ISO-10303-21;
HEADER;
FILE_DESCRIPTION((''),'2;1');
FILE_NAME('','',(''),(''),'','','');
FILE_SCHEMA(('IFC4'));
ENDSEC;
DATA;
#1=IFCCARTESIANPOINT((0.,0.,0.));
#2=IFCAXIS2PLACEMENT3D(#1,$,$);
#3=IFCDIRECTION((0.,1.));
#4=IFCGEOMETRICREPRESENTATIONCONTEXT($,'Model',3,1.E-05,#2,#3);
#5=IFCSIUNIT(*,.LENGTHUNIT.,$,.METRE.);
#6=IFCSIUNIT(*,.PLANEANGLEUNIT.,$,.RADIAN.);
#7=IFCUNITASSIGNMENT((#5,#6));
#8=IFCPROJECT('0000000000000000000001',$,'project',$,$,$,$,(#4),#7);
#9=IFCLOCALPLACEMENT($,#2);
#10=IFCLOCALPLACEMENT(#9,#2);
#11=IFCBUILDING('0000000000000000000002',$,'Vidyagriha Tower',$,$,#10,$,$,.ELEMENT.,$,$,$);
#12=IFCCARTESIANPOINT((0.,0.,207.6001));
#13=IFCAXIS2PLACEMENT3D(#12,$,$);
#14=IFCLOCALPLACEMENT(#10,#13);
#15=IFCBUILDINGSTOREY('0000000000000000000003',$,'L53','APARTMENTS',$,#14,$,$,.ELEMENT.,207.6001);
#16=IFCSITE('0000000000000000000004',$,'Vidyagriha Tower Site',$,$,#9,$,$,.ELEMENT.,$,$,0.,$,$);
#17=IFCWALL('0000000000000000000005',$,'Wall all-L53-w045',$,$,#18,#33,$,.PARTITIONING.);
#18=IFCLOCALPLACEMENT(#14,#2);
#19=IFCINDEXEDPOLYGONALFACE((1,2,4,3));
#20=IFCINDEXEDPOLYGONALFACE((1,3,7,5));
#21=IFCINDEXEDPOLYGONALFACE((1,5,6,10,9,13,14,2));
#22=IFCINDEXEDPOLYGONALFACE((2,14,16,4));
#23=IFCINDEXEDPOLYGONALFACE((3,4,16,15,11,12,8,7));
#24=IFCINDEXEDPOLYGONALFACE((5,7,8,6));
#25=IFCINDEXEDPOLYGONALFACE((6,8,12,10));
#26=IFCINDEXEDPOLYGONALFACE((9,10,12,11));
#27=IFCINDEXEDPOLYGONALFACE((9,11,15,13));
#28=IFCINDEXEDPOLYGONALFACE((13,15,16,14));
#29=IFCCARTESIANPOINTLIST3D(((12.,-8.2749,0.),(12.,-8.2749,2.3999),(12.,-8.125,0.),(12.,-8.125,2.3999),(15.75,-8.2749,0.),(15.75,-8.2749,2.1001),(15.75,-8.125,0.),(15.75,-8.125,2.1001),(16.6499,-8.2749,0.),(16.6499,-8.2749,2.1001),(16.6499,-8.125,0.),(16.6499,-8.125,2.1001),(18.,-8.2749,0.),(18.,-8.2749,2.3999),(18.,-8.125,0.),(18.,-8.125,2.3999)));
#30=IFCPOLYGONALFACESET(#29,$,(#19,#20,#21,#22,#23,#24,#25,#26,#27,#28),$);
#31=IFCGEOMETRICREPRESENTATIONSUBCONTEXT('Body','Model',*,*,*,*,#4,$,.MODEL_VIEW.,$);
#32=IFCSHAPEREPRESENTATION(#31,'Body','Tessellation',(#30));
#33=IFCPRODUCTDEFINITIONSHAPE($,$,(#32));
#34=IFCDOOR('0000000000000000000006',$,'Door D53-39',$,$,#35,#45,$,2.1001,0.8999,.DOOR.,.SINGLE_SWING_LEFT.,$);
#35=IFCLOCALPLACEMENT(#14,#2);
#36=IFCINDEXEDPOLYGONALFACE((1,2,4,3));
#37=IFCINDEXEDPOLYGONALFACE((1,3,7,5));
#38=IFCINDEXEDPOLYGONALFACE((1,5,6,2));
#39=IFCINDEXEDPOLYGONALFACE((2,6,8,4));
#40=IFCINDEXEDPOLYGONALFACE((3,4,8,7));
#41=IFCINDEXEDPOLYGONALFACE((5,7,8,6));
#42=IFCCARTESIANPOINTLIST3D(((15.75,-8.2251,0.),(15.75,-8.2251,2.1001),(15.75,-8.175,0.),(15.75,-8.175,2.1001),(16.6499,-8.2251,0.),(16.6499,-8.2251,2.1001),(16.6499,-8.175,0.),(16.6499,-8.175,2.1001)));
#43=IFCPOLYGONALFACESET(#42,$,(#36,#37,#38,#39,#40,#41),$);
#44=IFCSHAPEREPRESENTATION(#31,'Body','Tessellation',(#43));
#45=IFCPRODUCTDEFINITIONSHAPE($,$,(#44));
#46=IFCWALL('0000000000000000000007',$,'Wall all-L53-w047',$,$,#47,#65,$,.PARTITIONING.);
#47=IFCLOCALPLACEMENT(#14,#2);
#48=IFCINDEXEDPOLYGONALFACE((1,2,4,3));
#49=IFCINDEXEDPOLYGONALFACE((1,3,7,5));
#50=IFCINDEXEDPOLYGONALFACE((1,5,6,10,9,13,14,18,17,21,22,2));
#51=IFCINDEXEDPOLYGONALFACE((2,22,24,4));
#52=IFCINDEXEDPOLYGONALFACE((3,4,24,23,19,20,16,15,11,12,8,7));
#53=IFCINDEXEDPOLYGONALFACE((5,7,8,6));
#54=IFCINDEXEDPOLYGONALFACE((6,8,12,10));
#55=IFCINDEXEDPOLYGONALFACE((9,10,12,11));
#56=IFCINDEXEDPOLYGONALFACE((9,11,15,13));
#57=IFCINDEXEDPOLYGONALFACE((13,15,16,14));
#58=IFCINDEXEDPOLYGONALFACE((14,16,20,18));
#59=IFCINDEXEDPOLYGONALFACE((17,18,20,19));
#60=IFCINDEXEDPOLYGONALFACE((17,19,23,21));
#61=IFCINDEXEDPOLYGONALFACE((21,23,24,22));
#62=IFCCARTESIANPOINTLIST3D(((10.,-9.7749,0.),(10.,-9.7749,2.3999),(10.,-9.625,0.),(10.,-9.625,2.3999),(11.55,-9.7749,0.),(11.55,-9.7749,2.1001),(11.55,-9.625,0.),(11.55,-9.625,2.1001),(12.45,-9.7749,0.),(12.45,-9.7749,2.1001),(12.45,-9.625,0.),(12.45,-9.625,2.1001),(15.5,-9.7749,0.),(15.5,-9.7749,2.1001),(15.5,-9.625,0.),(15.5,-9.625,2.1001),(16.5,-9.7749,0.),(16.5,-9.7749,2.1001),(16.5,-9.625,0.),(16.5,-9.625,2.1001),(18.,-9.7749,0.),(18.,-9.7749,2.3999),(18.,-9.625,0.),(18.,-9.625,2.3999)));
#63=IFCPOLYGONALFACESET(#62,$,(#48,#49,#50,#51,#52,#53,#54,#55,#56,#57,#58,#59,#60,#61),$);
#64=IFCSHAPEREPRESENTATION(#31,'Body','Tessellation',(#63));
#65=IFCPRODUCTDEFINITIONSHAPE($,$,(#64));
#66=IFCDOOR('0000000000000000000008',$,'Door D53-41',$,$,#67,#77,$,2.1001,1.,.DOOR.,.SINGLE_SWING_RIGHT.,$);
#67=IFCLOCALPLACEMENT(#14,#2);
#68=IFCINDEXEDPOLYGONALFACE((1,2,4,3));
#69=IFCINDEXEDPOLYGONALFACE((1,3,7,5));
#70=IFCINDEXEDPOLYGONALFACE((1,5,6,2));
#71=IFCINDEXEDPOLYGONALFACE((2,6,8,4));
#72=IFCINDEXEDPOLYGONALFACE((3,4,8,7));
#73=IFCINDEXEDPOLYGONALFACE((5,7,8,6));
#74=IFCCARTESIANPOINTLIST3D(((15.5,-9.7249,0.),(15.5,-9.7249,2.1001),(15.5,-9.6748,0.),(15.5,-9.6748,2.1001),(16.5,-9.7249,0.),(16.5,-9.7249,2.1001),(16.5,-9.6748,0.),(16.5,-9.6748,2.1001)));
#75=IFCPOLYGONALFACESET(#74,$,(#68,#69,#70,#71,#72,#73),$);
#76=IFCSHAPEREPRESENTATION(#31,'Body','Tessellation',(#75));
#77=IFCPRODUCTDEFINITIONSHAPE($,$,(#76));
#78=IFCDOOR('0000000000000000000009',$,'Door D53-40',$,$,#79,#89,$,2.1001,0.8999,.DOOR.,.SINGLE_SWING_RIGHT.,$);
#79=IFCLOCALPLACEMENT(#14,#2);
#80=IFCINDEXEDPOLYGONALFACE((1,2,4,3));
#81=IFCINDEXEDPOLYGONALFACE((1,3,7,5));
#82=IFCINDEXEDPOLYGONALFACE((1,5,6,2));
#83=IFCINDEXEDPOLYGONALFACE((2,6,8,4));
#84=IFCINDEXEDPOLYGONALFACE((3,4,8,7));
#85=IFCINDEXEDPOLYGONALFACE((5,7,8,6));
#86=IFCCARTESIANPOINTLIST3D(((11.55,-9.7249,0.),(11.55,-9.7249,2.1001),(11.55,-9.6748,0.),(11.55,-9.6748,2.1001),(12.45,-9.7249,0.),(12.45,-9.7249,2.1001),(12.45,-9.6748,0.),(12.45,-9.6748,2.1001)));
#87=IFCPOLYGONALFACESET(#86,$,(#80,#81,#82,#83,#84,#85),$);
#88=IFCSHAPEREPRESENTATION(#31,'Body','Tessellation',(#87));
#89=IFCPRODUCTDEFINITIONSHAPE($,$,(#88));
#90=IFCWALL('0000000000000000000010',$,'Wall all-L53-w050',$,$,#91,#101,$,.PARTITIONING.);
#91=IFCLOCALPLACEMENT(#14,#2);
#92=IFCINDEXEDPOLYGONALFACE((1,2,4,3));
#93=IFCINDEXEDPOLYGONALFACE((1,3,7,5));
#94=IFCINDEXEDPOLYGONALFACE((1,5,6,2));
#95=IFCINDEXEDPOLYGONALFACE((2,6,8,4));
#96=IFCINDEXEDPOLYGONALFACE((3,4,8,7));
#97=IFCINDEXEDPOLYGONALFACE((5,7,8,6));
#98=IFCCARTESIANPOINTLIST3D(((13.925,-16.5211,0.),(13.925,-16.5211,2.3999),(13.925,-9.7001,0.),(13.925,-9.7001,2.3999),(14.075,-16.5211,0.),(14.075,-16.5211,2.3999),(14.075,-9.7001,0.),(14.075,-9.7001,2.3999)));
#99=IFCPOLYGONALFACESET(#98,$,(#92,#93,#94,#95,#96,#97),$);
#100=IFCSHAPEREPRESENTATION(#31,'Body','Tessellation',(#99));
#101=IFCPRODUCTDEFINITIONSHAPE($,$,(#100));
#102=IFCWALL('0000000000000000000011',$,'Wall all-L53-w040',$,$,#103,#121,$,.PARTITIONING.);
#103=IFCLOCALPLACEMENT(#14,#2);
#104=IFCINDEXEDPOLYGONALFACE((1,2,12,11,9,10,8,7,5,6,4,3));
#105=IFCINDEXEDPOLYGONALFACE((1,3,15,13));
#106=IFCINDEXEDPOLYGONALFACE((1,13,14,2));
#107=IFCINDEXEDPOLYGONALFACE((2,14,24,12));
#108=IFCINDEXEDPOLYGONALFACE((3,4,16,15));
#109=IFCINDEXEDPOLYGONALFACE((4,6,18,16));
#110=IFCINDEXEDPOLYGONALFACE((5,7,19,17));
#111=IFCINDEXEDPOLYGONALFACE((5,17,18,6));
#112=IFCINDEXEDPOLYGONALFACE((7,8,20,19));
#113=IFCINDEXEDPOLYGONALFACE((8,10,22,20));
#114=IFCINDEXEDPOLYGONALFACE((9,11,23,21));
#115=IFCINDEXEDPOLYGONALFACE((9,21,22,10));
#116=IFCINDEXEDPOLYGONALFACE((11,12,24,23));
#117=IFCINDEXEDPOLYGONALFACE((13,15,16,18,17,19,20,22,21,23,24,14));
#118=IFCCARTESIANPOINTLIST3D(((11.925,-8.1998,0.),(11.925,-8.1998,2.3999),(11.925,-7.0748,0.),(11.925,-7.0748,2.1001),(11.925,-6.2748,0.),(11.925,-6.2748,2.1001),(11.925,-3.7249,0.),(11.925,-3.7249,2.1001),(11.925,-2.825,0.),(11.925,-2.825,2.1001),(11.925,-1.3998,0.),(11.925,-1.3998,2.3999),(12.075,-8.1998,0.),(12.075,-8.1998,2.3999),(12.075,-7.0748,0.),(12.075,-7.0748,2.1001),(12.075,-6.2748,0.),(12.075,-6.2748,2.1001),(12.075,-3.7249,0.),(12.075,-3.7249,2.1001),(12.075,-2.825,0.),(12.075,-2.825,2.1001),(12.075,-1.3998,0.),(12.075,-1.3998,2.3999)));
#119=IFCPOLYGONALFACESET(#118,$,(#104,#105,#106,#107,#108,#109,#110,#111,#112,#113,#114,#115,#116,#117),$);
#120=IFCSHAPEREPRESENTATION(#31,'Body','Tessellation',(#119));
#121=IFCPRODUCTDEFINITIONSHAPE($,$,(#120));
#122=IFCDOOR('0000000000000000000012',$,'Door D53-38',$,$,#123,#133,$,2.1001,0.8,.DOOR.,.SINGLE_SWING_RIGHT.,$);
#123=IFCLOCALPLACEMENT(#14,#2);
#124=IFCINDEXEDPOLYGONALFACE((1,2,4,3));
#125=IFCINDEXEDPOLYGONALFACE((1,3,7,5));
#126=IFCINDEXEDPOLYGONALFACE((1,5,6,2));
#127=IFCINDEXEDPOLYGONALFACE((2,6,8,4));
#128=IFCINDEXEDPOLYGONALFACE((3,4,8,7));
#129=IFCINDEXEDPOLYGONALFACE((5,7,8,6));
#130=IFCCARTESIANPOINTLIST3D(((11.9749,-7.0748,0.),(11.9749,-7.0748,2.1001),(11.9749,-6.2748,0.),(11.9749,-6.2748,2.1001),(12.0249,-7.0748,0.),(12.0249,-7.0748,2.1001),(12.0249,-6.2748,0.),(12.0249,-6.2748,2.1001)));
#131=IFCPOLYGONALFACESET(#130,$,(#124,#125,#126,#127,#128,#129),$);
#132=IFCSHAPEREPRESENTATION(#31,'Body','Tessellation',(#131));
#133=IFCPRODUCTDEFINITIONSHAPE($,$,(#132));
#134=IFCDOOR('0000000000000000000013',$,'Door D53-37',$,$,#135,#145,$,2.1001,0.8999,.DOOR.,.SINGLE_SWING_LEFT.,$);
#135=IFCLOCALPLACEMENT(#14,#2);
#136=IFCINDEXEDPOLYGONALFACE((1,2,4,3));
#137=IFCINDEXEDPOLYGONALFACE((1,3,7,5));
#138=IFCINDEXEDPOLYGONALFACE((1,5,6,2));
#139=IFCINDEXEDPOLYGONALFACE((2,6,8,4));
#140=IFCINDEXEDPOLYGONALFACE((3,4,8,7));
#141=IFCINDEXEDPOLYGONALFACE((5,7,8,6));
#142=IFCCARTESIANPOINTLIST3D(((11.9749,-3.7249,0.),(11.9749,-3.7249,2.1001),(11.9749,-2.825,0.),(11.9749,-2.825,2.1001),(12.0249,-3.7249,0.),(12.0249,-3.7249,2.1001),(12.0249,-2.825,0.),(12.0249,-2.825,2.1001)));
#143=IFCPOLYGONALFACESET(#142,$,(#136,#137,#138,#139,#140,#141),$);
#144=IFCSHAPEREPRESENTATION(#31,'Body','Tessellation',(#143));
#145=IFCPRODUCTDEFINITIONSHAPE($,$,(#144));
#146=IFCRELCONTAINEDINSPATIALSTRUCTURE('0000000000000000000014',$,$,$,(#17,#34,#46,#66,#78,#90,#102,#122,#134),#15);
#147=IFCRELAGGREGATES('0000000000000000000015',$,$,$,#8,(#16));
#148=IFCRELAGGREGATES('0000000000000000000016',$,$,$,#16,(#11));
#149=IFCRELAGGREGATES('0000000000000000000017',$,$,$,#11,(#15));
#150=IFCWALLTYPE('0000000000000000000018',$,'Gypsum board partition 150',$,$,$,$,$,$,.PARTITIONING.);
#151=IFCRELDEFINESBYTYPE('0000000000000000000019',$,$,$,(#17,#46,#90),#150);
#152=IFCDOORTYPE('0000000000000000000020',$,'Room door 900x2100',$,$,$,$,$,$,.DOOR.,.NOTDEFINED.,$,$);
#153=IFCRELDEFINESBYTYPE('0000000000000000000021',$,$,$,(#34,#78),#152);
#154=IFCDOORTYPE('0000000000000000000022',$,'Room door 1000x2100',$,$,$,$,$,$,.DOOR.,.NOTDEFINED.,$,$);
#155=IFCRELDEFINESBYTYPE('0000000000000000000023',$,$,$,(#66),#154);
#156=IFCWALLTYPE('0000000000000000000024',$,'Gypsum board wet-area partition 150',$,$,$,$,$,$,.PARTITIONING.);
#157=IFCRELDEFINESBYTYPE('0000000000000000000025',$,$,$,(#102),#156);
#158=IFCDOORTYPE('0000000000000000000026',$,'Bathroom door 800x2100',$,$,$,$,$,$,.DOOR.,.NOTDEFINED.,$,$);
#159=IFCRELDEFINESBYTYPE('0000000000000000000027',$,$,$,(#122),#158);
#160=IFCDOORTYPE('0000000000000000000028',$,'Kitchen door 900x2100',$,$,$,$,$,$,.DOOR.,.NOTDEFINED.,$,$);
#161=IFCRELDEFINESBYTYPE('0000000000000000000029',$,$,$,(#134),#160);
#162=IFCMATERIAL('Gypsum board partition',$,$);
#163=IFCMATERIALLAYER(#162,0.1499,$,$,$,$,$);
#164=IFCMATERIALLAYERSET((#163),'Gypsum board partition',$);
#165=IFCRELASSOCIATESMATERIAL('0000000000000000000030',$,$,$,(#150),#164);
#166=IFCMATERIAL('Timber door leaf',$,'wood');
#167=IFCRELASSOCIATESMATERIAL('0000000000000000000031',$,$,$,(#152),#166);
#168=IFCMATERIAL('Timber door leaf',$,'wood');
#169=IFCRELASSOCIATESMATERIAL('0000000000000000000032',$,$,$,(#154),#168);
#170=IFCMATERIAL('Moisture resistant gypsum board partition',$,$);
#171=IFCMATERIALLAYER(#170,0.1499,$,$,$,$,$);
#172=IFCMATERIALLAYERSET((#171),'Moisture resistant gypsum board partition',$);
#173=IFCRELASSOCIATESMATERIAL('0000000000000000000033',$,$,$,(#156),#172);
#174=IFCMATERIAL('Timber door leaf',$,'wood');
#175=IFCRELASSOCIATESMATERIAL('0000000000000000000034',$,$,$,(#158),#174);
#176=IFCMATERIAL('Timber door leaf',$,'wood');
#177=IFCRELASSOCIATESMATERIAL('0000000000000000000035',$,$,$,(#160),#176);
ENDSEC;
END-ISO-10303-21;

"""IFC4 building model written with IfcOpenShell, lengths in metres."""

from ifc_helpers import new_model, si_unit, direction, frame, frame_2d, origin, place, context, subcontext, project, spatial, rectangle, extrude, material, layer, layer_set, type_object, element, fill, save


model = new_model("IFC4")

# Units and contexts
model_context = context("Model", 3, precision=1e-05, world=origin(), true_north=direction((0.0, 1.0)))
body_context = subcontext(model_context, "Body", "Model", "MODEL_VIEW")
ifc_project = project(units=[si_unit("LENGTHUNIT", "METRE"), si_unit("PLANEANGLEUNIT", "RADIAN")], contexts=[model_context])

# Site, building, storey
site_placement = place(None, origin())
site = spatial("IfcSite", under=ifc_project, at=site_placement, Name="Vidyagriha Tower Site", CompositionType="ELEMENT", RefElevation=0.0)
building_placement = place(site_placement, origin())
building = spatial("IfcBuilding", under=site, at=building_placement, Name="Vidyagriha Tower", CompositionType="ELEMENT")
storey_placement = place(building_placement, frame((0.0, 0.0, 207.6001)))
storey = spatial("IfcBuildingStorey", under=building, at=storey_placement, Name="L53", Description="APARTMENTS", CompositionType="ELEMENT", Elevation=207.6001)

# Shared definitions
ifc_material_1 = material(Name="Gypsum board partition")
ifc_layer_1 = layer(ifc_material_1, 0.1499)
ifc_layer_set_1 = layer_set([ifc_layer_1], Name="Gypsum board partition")
wall_type_1 = type_object("IfcWallType", Name="Gypsum board partition 150", PredefinedType="PARTITIONING", material=ifc_layer_set_1)

# Wall, opening, door
wall_1_placement = place(storey_placement, frame((12.0, -8.2, 0.0)))
wall_1 = element("IfcWall", 1, at=wall_1_placement, inside=storey, type_object=wall_type_1, Name="Wall all-L53-w045", PredefinedType="PARTITIONING", context=body_context, shape_type="SweptSolid", body=[
    extrude(rectangle(XDim=6.0, YDim=0.1499, at=frame_2d((3.0, 0.0))), origin(), (0.0, 0.0, 1.0), 2.3999),
])
opening_1_placement = place(wall_1_placement, frame((3.75, 0.0, 0.0)))
opening_1 = element("IfcOpeningElement", 2, at=opening_1_placement, cuts=wall_1, PredefinedType="OPENING", context=body_context, shape_type="SweptSolid", body=[
    extrude(rectangle(XDim=0.8999, YDim=2.1001, at=frame_2d((0.45, 1.05))), frame((0.0, 0.085, 0.0), z_axis=(0.0, -1.0, 0.0), x_axis=(1.0, 0.0, 0.0)), (0.0, 0.0, 1.0), 0.1699),
])
ifc_material_2 = material(Name="Timber door leaf", Category="wood")
door_type_1 = type_object("IfcDoorType", Name="Room door 900x2100", OperationType="NOTDEFINED", PredefinedType="DOOR", material=ifc_material_2)
door_1_placement = place(opening_1_placement, origin())
door_1 = element("IfcDoor", 3, at=door_1_placement, inside=storey, type_object=door_type_1, Name="Door D53-39", OperationType="SINGLE_SWING_LEFT", OverallHeight=2.1001, OverallWidth=0.8999, PredefinedType="DOOR", context=body_context, shape_type="SweptSolid", body=[
    extrude(rectangle(XDim=0.8999, YDim=2.1001, at=frame_2d((0.45, 1.05))), frame((0.0, 0.0249, 0.0), z_axis=(0.0, -1.0, 0.0), x_axis=(1.0, 0.0, 0.0)), (0.0, 0.0, 1.0), 0.05),
])
fill(opening_1, door_1)

# Wall, openings, doors
wall_2_placement = place(storey_placement, frame((18.0, -9.7, 0.0), z_axis=(0.0, 0.0, 1.0), x_axis=(-1.0, 0.0, 0.0)))
wall_2 = element("IfcWall", 4, at=wall_2_placement, inside=storey, type_object=wall_type_1, Name="Wall all-L53-w047", PredefinedType="PARTITIONING", context=body_context, shape_type="SweptSolid", body=[
    extrude(rectangle(XDim=8.0, YDim=0.1499, at=frame_2d((4.0, 0.0))), origin(), (0.0, 0.0, 1.0), 2.3999),
])
opening_2_placement = place(wall_2_placement, frame((5.55, 0.0, 0.0)))
opening_2 = element("IfcOpeningElement", 5, at=opening_2_placement, cuts=wall_2, PredefinedType="OPENING", context=body_context, shape_type="SweptSolid", body=[
    extrude(rectangle(XDim=0.8999, YDim=2.1001, at=frame_2d((0.45, 1.05))), frame((0.0, 0.085, 0.0), z_axis=(0.0, -1.0, 0.0), x_axis=(1.0, 0.0, 0.0)), (0.0, 0.0, 1.0), 0.1699),
])
opening_3_placement = place(wall_2_placement, frame((1.5, 0.0, 0.0)))
opening_3 = element("IfcOpeningElement", 6, at=opening_3_placement, cuts=wall_2, PredefinedType="OPENING", context=body_context, shape_type="SweptSolid", body=[
    extrude(rectangle(XDim=1.0, YDim=2.1001, at=frame_2d((0.5, 1.05))), frame((0.0, 0.085, 0.0), z_axis=(0.0, -1.0, 0.0), x_axis=(1.0, 0.0, 0.0)), (0.0, 0.0, 1.0), 0.1699),
])
ifc_material_3 = material(Name="Timber door leaf", Category="wood")
door_type_2 = type_object("IfcDoorType", Name="Room door 1000x2100", OperationType="NOTDEFINED", PredefinedType="DOOR", material=ifc_material_3)
door_2_placement = place(opening_3_placement, origin())
door_2 = element("IfcDoor", 7, at=door_2_placement, inside=storey, type_object=door_type_2, Name="Door D53-41", OperationType="SINGLE_SWING_RIGHT", OverallHeight=2.1001, OverallWidth=1.0, PredefinedType="DOOR", context=body_context, shape_type="SweptSolid", body=[
    extrude(rectangle(XDim=1.0, YDim=2.1001, at=frame_2d((0.5, 1.05))), frame((0.0, 0.0249, 0.0), z_axis=(0.0, -1.0, 0.0), x_axis=(1.0, 0.0, 0.0)), (0.0, 0.0, 1.0), 0.05),
])
fill(opening_3, door_2)
door_3_placement = place(opening_2_placement, origin())
door_3 = element("IfcDoor", 8, at=door_3_placement, inside=storey, type_object=door_type_1, Name="Door D53-40", OperationType="SINGLE_SWING_RIGHT", OverallHeight=2.1001, OverallWidth=0.8999, PredefinedType="DOOR", context=body_context, shape_type="SweptSolid", body=[
    extrude(rectangle(XDim=0.8999, YDim=2.1001, at=frame_2d((0.45, 1.05))), frame((0.0, 0.0249, 0.0), z_axis=(0.0, -1.0, 0.0), x_axis=(1.0, 0.0, 0.0)), (0.0, 0.0, 1.0), 0.05),
])
fill(opening_2, door_3)

# Wall
wall_3_placement = place(storey_placement, frame((14.0, -9.7, 0.0), z_axis=(0.0, 0.0, 1.0), x_axis=(0.0, -1.0, 0.0)))
element("IfcWall", 9, at=wall_3_placement, inside=storey, type_object=wall_type_1, Name="Wall all-L53-w050", PredefinedType="PARTITIONING", context=body_context, shape_type="SweptSolid", body=[
    extrude(rectangle(XDim=6.821, YDim=0.1499, at=frame_2d((3.4106, 0.0))), origin(), (0.0, 0.0, 1.0), 2.3999),
])

# Wall, openings, doors
ifc_material_4 = material(Name="Moisture resistant gypsum board partition")
ifc_layer_2 = layer(ifc_material_4, 0.1499)
ifc_layer_set_2 = layer_set([ifc_layer_2], Name="Moisture resistant gypsum board partition")
wall_type_2 = type_object("IfcWallType", Name="Gypsum board wet-area partition 150", PredefinedType="PARTITIONING", material=ifc_layer_set_2)
wall_4_placement = place(storey_placement, frame((12.0, -1.3999, 0.0), z_axis=(0.0, 0.0, 1.0), x_axis=(0.0, -1.0, 0.0)))
wall_4 = element("IfcWall", 10, at=wall_4_placement, inside=storey, type_object=wall_type_2, Name="Wall all-L53-w040", PredefinedType="PARTITIONING", context=body_context, shape_type="SweptSolid", body=[
    extrude(rectangle(XDim=6.8, YDim=0.1499, at=frame_2d((3.3999, 0.0))), origin(), (0.0, 0.0, 1.0), 2.3999),
])
opening_4_placement = place(wall_4_placement, frame((1.425, 0.0, 0.0)))
opening_4 = element("IfcOpeningElement", 11, at=opening_4_placement, cuts=wall_4, PredefinedType="OPENING", context=body_context, shape_type="SweptSolid", body=[
    extrude(rectangle(XDim=0.8999, YDim=2.1001, at=frame_2d((0.45, 1.05))), frame((0.0, 0.085, 0.0), z_axis=(0.0, -1.0, 0.0), x_axis=(1.0, 0.0, 0.0)), (0.0, 0.0, 1.0), 0.1699),
])
opening_5_placement = place(wall_4_placement, frame((4.875, 0.0, 0.0)))
opening_5 = element("IfcOpeningElement", 12, at=opening_5_placement, cuts=wall_4, PredefinedType="OPENING", context=body_context, shape_type="SweptSolid", body=[
    extrude(rectangle(XDim=0.8, YDim=2.1001, at=frame_2d((0.3999, 1.05))), frame((0.0, 0.085, 0.0), z_axis=(0.0, -1.0, 0.0), x_axis=(1.0, 0.0, 0.0)), (0.0, 0.0, 1.0), 0.1699),
])
ifc_material_5 = material(Name="Timber door leaf", Category="wood")
door_type_3 = type_object("IfcDoorType", Name="Bathroom door 800x2100", OperationType="NOTDEFINED", PredefinedType="DOOR", material=ifc_material_5)
door_4_placement = place(opening_5_placement, origin())
door_4 = element("IfcDoor", 13, at=door_4_placement, inside=storey, type_object=door_type_3, Name="Door D53-38", OperationType="SINGLE_SWING_RIGHT", OverallHeight=2.1001, OverallWidth=0.8, PredefinedType="DOOR", context=body_context, shape_type="SweptSolid", body=[
    extrude(rectangle(XDim=0.8, YDim=2.1001, at=frame_2d((0.3999, 1.05))), frame((0.0, 0.0249, 0.0), z_axis=(0.0, -1.0, 0.0), x_axis=(1.0, 0.0, 0.0)), (0.0, 0.0, 1.0), 0.05),
])
fill(opening_5, door_4)
ifc_material_6 = material(Name="Timber door leaf", Category="wood")
door_type_4 = type_object("IfcDoorType", Name="Kitchen door 900x2100", OperationType="NOTDEFINED", PredefinedType="DOOR", material=ifc_material_6)
door_5_placement = place(opening_4_placement, origin())
door_5 = element("IfcDoor", 14, at=door_5_placement, inside=storey, type_object=door_type_4, Name="Door D53-37", OperationType="SINGLE_SWING_LEFT", OverallHeight=2.1001, OverallWidth=0.8999, PredefinedType="DOOR", context=body_context, shape_type="SweptSolid", body=[
    extrude(rectangle(XDim=0.8999, YDim=2.1001, at=frame_2d((0.45, 1.05))), frame((0.0, 0.0249, 0.0), z_axis=(0.0, -1.0, 0.0), x_axis=(1.0, 0.0, 0.0)), (0.0, 0.0, 1.0), 0.05),
])
fill(opening_4, door_5)

save(model, "model.ifc")
